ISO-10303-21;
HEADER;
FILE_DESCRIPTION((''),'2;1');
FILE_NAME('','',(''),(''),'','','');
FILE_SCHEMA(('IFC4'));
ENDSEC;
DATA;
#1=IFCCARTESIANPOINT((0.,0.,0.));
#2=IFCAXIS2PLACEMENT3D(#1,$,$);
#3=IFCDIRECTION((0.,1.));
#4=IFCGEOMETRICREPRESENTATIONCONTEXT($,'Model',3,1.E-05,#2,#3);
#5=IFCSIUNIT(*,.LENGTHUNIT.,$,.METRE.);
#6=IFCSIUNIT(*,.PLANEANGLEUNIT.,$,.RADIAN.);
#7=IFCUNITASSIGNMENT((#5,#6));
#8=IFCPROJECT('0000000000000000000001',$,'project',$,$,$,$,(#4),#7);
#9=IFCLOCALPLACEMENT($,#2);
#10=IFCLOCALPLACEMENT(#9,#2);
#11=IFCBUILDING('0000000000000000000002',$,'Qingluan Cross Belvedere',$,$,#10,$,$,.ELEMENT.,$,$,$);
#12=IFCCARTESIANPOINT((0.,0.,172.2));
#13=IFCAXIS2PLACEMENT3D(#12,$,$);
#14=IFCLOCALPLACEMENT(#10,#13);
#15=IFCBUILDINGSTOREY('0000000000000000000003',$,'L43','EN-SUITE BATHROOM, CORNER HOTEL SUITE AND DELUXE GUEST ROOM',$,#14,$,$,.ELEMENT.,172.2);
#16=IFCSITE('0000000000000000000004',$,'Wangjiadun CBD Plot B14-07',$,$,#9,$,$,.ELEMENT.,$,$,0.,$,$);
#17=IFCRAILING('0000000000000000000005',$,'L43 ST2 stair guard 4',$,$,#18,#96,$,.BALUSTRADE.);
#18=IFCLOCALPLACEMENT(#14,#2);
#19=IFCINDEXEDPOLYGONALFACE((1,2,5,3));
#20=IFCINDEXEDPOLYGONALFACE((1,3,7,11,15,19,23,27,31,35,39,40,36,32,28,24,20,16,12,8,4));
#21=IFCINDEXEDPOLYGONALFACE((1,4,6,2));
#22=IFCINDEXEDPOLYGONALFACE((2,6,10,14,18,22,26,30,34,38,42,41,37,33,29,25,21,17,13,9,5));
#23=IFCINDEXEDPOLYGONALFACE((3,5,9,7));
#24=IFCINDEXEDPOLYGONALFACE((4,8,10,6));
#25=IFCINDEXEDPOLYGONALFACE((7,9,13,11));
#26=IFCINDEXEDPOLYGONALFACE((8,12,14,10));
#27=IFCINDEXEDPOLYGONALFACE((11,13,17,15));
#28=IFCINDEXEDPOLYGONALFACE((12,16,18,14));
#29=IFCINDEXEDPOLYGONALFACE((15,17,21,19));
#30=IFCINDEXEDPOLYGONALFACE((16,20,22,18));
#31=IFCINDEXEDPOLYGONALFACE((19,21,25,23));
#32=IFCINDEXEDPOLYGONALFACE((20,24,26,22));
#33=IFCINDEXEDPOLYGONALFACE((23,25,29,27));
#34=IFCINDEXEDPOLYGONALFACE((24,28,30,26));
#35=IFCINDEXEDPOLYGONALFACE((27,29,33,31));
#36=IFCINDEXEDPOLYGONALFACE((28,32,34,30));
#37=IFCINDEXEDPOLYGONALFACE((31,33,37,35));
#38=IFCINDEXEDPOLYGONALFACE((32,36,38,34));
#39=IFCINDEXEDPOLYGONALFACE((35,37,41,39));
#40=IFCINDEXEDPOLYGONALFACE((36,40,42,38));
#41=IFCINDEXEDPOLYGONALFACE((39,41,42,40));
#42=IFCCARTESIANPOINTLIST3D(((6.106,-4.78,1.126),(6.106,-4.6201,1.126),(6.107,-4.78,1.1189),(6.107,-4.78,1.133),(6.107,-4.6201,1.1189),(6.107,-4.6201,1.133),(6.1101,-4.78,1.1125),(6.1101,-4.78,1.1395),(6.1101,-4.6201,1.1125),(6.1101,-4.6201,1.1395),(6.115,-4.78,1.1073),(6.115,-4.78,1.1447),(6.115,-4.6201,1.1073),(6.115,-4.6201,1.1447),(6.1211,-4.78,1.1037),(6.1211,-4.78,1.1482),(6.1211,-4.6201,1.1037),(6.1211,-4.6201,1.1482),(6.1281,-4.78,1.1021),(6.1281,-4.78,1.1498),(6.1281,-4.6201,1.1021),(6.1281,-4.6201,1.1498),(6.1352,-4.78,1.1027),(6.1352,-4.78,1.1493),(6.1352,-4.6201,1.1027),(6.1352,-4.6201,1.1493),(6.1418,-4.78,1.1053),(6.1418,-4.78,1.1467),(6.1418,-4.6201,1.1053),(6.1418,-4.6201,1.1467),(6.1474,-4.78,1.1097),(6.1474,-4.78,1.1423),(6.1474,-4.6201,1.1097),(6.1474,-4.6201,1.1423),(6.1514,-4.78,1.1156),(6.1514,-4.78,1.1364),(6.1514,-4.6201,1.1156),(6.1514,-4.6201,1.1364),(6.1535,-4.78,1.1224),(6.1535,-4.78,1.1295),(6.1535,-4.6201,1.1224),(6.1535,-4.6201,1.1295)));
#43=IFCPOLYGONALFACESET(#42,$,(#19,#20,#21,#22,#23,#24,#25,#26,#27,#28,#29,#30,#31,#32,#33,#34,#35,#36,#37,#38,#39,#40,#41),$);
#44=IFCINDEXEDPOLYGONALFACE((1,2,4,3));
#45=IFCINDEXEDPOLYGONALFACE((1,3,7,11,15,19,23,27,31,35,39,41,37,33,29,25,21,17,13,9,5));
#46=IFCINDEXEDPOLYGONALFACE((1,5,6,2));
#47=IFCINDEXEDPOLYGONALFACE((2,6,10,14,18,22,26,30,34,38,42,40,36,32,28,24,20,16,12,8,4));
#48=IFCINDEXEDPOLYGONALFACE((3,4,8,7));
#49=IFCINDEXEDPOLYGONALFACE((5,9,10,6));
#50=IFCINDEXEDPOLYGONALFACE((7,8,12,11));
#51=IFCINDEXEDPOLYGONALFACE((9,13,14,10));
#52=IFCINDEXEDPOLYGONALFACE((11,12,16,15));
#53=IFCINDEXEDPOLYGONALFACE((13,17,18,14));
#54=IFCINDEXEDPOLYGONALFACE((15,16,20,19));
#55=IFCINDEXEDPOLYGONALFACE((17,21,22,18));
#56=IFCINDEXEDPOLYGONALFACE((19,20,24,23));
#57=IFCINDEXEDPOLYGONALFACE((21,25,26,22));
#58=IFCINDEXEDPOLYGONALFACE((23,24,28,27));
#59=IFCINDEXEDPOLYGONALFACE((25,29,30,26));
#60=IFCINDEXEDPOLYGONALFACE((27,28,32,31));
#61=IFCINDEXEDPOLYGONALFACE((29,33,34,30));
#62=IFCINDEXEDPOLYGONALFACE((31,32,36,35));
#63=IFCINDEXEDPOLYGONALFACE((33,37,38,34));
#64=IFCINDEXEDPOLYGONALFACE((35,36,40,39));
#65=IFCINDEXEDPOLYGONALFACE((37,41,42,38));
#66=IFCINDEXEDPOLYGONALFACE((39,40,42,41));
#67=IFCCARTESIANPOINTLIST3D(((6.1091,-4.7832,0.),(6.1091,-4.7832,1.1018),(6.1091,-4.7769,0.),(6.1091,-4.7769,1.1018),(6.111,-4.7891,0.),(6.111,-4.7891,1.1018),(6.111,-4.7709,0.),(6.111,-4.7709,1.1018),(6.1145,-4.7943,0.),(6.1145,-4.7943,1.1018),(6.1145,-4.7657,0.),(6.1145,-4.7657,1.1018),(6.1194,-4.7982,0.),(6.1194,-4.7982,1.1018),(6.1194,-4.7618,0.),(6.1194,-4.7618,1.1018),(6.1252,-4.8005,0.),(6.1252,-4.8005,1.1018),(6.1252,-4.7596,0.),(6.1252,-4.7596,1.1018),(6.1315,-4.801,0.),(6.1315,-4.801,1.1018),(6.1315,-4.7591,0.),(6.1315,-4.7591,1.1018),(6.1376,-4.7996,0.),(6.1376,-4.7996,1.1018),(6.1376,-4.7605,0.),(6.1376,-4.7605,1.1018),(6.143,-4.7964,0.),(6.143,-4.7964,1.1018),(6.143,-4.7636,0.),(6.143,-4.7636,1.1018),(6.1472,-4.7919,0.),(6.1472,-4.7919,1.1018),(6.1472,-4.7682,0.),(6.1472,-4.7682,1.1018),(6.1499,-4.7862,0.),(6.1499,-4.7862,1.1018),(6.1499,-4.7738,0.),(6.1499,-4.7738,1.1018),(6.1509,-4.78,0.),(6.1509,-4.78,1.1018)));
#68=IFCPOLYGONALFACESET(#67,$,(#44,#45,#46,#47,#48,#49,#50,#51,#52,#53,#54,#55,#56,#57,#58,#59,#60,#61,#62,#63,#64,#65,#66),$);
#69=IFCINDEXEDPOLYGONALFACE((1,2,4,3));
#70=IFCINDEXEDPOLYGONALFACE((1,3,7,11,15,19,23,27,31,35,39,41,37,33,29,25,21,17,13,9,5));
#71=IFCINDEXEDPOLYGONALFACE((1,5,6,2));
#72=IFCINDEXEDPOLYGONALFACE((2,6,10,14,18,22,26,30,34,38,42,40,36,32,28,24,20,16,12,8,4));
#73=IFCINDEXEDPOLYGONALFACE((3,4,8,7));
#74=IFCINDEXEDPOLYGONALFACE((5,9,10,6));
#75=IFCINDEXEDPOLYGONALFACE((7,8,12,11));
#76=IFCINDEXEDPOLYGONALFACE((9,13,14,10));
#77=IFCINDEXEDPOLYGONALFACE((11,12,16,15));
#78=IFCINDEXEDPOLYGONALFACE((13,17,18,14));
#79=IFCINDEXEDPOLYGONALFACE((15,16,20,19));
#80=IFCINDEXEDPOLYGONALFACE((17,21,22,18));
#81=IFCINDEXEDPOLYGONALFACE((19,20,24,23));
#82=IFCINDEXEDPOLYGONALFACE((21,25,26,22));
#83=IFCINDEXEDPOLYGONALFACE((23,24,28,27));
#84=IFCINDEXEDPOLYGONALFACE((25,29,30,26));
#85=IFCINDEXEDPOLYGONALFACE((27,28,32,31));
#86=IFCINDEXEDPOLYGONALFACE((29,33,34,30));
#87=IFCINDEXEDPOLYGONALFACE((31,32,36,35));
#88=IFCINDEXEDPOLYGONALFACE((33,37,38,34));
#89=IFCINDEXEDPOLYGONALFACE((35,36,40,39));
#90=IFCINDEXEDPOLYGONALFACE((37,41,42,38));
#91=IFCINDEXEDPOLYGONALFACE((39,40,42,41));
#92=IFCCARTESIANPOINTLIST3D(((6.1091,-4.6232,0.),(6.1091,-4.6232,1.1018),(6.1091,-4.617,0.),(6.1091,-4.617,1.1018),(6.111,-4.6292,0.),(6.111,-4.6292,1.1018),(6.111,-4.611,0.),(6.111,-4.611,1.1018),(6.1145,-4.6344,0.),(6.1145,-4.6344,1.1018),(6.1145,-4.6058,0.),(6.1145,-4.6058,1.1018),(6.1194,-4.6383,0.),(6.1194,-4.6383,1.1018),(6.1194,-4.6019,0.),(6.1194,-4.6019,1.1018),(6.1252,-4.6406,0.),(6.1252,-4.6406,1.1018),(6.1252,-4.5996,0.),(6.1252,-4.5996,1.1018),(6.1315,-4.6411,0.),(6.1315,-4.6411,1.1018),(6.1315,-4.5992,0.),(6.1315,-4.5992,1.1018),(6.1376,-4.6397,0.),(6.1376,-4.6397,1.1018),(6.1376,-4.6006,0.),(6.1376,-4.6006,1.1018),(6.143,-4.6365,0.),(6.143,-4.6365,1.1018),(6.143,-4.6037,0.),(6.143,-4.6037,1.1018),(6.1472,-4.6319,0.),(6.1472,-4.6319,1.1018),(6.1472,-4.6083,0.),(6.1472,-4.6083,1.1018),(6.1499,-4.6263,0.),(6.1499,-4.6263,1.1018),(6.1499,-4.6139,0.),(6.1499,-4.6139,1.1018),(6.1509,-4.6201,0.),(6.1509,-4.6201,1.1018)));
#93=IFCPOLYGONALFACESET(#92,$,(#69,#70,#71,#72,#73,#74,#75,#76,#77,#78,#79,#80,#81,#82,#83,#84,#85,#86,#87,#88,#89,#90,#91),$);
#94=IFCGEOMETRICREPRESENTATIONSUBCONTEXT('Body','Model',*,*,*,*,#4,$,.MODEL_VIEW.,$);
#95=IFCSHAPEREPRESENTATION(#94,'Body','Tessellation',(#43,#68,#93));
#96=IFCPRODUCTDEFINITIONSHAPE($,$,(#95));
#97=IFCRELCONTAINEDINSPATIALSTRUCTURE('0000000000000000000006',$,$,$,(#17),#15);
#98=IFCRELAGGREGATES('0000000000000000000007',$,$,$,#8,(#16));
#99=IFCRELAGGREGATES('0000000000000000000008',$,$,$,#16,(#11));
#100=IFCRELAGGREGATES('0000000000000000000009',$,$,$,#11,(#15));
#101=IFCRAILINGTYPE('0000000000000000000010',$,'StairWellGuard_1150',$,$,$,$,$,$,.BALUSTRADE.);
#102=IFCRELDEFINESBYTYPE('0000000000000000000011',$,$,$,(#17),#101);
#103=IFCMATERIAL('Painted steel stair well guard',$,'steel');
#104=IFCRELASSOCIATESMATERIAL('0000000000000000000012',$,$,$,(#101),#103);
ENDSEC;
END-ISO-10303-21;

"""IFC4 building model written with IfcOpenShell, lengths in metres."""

from ifc_helpers import new_model, si_unit, direction, frame, origin, origin_2d, place, context, subcontext, project, spatial, circle, extrude, material, type_object, element, save


model = new_model("IFC4")

# Units and contexts
model_context = context("Model", 3, precision=1e-05, world=origin(), true_north=direction((0.0, 1.0)))
body_context = subcontext(model_context, "Body", "Model", "MODEL_VIEW")
ifc_project = project(units=[si_unit("LENGTHUNIT", "METRE"), si_unit("PLANEANGLEUNIT", "RADIAN")], contexts=[model_context])

# Site, building, storey
site_placement = place(None, origin())
site = spatial("IfcSite", under=ifc_project, at=site_placement, Name="Wangjiadun CBD Plot B14-07", CompositionType="ELEMENT", RefElevation=0.0)
building_placement = place(site_placement, origin())
building = spatial("IfcBuilding", under=site, at=building_placement, Name="Qingluan Cross Belvedere", CompositionType="ELEMENT")
storey_placement = place(building_placement, frame((0.0, 0.0, 172.2)))
storey = spatial("IfcBuildingStorey", under=building, at=storey_placement, Name="L43", Description="EN-SUITE BATHROOM, CORNER HOTEL SUITE AND DELUXE GUEST ROOM", CompositionType="ELEMENT", Elevation=172.2)

# Railing
ifc_material_1 = material(Name="Painted steel stair well guard", Category="steel")
railing_type_1 = type_object("IfcRailingType", Name="StairWellGuard_1150", PredefinedType="BALUSTRADE", material=ifc_material_1)
railing_1_placement = place(storey_placement, frame((6.1299, -4.78, 0.0)))
element("IfcRailing", 1, at=railing_1_placement, inside=storey, type_object=railing_type_1, Name="L43 ST2 stair guard 4", PredefinedType="BALUSTRADE", context=body_context, shape_type="SweptSolid", body=[
    extrude(circle(Radius=0.0239, at=origin_2d()), frame((0.0, 0.0, 1.126), z_axis=(0.0, 1.0, 0.0), x_axis=(-1.0, 0.0, 0.0)), (0.0, 0.0, 1.0), 0.1599),
    extrude(circle(Radius=0.021, at=origin_2d()), origin(), (0.0, 0.0, 1.0), 1.1018),
    extrude(circle(Radius=0.021, at=origin_2d()), frame((0.0, 0.1599, 0.0)), (0.0, 0.0, 1.0), 1.1018),
])

save(model, "model.ifc")
